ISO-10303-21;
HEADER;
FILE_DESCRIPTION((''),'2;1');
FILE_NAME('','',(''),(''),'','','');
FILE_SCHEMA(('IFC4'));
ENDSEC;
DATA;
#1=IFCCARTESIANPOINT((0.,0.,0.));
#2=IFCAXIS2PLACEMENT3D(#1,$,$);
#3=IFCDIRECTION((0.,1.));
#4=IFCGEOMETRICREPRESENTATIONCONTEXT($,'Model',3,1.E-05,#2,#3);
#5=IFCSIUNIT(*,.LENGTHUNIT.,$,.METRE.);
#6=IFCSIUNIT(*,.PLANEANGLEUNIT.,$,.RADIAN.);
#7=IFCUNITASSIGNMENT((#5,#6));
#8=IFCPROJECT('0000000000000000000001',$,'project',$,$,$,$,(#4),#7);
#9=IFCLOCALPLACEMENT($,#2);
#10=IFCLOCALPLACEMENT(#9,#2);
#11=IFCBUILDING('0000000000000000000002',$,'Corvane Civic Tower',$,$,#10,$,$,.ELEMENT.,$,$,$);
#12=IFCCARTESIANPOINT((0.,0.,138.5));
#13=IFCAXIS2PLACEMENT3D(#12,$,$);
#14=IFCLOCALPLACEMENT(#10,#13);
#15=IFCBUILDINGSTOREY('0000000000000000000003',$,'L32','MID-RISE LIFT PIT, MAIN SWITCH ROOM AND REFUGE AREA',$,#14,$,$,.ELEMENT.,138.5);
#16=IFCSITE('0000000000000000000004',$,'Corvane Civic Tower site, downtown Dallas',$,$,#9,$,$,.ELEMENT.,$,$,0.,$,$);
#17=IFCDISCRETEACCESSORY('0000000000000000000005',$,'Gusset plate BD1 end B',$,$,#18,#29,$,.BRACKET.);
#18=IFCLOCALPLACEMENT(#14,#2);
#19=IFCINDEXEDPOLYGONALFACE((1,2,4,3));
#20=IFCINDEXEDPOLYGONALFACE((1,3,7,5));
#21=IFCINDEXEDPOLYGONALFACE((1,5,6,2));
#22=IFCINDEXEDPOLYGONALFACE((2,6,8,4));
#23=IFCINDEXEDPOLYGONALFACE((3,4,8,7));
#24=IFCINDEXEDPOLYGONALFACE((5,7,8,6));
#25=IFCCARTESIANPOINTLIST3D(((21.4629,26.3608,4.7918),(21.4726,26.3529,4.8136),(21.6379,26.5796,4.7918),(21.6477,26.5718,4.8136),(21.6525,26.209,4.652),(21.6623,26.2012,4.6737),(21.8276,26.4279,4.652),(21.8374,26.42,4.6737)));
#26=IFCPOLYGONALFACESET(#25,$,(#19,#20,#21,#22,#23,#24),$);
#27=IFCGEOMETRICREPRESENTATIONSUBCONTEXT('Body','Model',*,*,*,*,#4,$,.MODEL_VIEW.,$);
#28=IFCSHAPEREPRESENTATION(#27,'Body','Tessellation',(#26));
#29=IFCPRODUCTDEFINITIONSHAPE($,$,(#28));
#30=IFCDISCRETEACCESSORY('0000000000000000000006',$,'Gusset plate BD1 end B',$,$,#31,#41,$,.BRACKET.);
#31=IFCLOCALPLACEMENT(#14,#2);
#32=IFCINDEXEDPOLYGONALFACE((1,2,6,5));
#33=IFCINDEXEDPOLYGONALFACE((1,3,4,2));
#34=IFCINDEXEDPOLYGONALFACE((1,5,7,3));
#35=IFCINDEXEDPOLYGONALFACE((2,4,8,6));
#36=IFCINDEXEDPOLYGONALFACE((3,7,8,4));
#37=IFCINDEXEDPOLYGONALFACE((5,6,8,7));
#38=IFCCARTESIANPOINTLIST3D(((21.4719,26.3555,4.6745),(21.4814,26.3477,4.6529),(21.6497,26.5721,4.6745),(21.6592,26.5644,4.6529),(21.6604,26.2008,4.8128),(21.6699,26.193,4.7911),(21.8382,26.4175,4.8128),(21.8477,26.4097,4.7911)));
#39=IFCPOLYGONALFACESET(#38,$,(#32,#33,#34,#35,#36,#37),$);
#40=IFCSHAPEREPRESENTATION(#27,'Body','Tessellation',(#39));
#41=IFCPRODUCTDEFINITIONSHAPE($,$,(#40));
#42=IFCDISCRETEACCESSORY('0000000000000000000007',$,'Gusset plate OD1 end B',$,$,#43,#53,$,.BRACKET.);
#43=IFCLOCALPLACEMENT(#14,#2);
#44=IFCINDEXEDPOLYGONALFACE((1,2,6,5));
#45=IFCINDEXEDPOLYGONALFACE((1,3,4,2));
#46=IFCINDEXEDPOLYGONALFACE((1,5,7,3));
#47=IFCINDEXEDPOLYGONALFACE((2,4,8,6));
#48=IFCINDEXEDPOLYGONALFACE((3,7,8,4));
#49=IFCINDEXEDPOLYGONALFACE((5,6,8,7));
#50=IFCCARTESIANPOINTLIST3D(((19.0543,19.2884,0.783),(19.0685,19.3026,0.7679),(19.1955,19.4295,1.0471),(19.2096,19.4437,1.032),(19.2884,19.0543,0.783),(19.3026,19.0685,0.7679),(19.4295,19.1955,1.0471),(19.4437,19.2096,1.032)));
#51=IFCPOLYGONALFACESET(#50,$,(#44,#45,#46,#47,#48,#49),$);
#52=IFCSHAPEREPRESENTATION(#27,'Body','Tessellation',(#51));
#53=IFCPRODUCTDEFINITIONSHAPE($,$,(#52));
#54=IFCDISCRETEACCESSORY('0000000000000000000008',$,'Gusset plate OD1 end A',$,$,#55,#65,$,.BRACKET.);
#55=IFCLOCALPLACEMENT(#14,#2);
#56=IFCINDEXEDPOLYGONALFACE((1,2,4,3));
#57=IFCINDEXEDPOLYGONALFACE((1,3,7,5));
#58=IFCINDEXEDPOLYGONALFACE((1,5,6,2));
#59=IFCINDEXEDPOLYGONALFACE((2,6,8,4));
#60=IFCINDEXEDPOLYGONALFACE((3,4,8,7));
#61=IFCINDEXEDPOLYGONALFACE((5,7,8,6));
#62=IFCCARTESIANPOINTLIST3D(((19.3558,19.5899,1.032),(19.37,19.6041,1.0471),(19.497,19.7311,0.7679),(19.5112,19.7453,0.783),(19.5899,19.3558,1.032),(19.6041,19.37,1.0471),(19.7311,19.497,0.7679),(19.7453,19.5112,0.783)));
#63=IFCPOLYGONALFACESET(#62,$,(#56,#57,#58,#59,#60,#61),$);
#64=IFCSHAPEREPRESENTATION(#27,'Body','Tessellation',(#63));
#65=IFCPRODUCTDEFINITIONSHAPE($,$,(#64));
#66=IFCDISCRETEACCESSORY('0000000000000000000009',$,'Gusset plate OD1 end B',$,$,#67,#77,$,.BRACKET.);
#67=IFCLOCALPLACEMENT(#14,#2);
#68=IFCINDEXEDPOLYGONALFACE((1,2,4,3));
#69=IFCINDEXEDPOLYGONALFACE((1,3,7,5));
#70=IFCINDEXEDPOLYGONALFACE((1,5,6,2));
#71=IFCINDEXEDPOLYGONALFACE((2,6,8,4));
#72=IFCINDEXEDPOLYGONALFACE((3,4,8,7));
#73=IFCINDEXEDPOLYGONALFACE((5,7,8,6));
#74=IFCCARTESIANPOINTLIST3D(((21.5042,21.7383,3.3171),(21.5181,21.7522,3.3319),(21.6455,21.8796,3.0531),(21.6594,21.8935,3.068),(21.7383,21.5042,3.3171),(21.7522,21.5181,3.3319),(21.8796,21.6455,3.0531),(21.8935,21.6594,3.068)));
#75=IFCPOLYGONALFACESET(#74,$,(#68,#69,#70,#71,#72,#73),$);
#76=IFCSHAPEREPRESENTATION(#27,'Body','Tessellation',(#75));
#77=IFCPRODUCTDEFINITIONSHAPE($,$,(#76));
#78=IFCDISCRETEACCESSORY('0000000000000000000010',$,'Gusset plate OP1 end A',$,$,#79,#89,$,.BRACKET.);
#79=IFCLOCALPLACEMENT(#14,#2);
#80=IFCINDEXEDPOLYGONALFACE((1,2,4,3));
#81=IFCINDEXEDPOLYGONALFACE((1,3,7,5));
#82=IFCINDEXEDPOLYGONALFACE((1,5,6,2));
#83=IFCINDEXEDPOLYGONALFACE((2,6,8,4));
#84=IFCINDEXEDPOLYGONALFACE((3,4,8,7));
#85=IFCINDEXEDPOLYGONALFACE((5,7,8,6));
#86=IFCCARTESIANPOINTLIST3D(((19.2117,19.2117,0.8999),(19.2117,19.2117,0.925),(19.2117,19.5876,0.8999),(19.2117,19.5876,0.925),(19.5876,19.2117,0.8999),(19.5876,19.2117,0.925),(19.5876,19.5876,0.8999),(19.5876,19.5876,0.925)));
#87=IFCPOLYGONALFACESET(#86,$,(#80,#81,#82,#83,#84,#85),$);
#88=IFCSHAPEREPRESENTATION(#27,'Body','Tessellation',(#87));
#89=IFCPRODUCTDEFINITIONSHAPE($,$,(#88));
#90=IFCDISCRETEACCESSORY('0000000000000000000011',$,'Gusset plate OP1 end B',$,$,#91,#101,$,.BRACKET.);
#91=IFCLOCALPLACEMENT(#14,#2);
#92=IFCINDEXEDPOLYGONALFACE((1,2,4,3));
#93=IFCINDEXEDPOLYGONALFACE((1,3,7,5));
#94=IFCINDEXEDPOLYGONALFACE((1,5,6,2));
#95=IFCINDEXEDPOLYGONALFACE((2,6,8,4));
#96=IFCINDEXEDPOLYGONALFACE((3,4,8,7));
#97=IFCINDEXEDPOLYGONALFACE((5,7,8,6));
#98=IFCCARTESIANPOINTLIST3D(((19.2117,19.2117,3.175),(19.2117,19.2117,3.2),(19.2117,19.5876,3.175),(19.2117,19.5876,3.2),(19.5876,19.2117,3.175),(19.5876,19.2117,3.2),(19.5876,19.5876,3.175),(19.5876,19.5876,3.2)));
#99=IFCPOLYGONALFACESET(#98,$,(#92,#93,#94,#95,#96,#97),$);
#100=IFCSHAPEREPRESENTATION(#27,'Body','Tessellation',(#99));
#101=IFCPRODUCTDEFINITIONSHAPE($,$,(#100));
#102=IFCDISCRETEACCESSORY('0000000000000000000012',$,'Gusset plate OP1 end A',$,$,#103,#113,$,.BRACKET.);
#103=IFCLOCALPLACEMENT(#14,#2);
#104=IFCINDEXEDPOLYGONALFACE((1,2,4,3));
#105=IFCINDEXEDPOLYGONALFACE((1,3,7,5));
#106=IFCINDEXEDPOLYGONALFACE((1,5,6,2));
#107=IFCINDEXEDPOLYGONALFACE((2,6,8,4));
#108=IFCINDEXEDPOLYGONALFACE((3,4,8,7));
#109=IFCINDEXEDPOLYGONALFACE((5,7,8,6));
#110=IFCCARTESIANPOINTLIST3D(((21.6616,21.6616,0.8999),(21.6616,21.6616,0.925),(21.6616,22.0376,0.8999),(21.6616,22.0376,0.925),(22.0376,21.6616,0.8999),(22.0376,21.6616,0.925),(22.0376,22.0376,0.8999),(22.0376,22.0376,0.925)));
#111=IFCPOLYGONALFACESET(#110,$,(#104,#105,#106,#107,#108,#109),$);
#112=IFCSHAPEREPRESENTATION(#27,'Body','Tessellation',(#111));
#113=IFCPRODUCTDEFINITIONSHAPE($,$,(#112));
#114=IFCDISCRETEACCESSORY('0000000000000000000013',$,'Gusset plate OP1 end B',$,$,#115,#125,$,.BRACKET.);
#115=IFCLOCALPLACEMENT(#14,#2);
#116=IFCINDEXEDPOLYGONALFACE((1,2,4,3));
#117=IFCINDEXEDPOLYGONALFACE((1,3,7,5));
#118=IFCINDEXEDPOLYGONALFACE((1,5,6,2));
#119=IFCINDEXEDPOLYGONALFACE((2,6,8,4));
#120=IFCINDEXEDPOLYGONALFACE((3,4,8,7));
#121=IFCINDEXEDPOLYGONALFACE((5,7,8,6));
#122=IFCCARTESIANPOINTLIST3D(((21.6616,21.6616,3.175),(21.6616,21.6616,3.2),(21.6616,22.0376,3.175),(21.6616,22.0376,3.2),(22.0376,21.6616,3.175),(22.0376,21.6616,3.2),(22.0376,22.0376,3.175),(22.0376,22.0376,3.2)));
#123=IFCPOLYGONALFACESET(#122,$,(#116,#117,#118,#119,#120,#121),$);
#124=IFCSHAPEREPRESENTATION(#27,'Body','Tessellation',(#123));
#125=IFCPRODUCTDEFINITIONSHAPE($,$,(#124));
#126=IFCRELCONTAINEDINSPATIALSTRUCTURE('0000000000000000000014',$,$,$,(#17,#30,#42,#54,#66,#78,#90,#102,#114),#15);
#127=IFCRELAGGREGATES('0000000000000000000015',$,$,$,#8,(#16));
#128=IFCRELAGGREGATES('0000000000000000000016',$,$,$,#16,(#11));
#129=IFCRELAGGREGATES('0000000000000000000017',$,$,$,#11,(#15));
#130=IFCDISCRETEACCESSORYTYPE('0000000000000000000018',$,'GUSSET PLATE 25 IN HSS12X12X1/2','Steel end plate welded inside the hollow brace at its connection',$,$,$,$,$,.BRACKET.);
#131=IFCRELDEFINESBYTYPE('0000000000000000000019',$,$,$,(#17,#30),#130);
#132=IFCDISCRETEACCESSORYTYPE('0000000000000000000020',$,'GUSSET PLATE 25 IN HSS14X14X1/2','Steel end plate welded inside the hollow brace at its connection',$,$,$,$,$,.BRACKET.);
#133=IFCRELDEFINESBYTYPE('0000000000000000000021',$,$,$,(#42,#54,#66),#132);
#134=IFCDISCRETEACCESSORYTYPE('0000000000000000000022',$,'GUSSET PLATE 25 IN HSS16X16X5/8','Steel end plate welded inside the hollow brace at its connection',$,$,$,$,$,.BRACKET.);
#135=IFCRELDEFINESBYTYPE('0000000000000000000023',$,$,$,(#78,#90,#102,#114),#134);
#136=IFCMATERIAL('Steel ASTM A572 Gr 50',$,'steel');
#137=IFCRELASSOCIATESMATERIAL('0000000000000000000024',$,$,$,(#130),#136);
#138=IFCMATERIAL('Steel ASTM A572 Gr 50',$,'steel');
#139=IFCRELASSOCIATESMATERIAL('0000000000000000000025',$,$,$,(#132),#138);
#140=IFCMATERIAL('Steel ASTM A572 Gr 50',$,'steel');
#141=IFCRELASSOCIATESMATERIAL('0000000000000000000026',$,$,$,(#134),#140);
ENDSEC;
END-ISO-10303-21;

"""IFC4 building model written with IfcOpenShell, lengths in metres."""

from ifc_helpers import new_model, si_unit, direction, frame, origin, origin_2d, place, context, subcontext, project, spatial, rectangle, extrude, material, material_profile, profile_set, type_object, element, save


model = new_model("IFC4")

# Units and contexts
model_context = context("Model", 3, precision=1e-05, world=origin(), true_north=direction((0.0, 1.0)))
body_context = subcontext(model_context, "Body", "Model", "MODEL_VIEW")
ifc_project = project(units=[si_unit("LENGTHUNIT", "METRE"), si_unit("PLANEANGLEUNIT", "RADIAN")], contexts=[model_context])

# Site, building, storey
site_placement = place(None, origin())
site = spatial("IfcSite", under=ifc_project, at=site_placement, Name="Corvane Civic Tower site, downtown Dallas", CompositionType="ELEMENT", RefElevation=0.0)
building_placement = place(site_placement, origin())
building = spatial("IfcBuilding", under=site, at=building_placement, Name="Corvane Civic Tower", CompositionType="ELEMENT")
storey_placement = place(building_placement, frame((0.0, 0.0, 138.5)))
storey = spatial("IfcBuildingStorey", under=building, at=storey_placement, Name="L32", Description="MID-RISE LIFT PIT, MAIN SWITCH ROOM AND REFUGE AREA", CompositionType="ELEMENT", Elevation=138.5)

# Discrete accessories
ifc_material_1 = material(Name="Steel ASTM A572 Gr 50", Category="steel")
ifc_material_profile_1 = material_profile(ifc_material_1, rectangle(XDim=0.2803, YDim=0.2803, at=origin_2d()), Name="GUSSET PLATE 25 IN HSS12X12X1/2")
ifc_profile_set_1 = profile_set([ifc_material_profile_1], Name="Steel ASTM A572 Gr 50")
discrete_accessory_type_1 = type_object("IfcDiscreteAccessoryType", Name="GUSSET PLATE 25 IN HSS12X12X1/2", Description="Steel end plate welded inside the hollow brace at its connection", PredefinedType="BRACKET", material=ifc_profile_set_1)
discrete_accessory_1_placement = place(storey_placement, frame((21.655, 26.3865, 4.7437), z_axis=(-0.389526, 0.311621, -0.866696), x_axis=(-0.624695, -0.780869, 0.0)))
element("IfcDiscreteAccessory", 1, at=discrete_accessory_1_placement, inside=storey, type_object=discrete_accessory_type_1, Name="Gusset plate BD1 end B", PredefinedType="BRACKET", context=body_context, shape_type="SweptSolid", body=[
    extrude(rectangle(XDim=0.2803, YDim=0.2803, at=origin_2d()), origin(), (0.0, 0.0, 1.0), 0.0251),
])
discrete_accessory_2_placement = place(storey_placement, frame((21.655, 26.3865, 4.7437), z_axis=(0.381219, -0.312795, -0.869961), x_axis=(0.634317, 0.773073, 0.0)))
element("IfcDiscreteAccessory", 2, at=discrete_accessory_2_placement, inside=storey, type_object=discrete_accessory_type_1, Name="Gusset plate BD1 end B", PredefinedType="BRACKET", context=body_context, shape_type="SweptSolid", body=[
    extrude(rectangle(XDim=0.2803, YDim=0.2803, at=origin_2d()), origin(), (0.0, 0.0, 1.0), 0.0249),
])
ifc_material_2 = material(Name="Steel ASTM A572 Gr 50", Category="steel")
ifc_material_profile_2 = material_profile(ifc_material_2, rectangle(XDim=0.3311, YDim=0.3311, at=origin_2d()), Name="GUSSET PLATE 25 IN HSS14X14X1/2")
ifc_profile_set_2 = profile_set([ifc_material_profile_2], Name="Steel ASTM A572 Gr 50")
discrete_accessory_type_2 = type_object("IfcDiscreteAccessoryType", Name="GUSSET PLATE 25 IN HSS14X14X1/2", Description="Steel end plate welded inside the hollow brace at its connection", PredefinedType="BRACKET", material=ifc_profile_set_2)
for number, where, z_axis, x_axis, name in (
    (3, (19.2561, 19.2561, 0.8999), (-0.564091, -0.564091, 0.602994), (0.707107, -0.707107, 0.0), "Gusset plate OD1 end B"),
    (4, (19.5435, 19.5435, 0.8999), (0.564091, 0.564091, 0.602994), (-0.707107, 0.707107, 0.0), "Gusset plate OD1 end A"),
):
    element("IfcDiscreteAccessory", number, at=place(storey_placement, frame(where, z_axis=z_axis, x_axis=x_axis)), inside=storey, type_object=discrete_accessory_type_2, Name=name, PredefinedType="BRACKET", context=body_context, shape_type="SweptSolid", body=[
        extrude(rectangle(XDim=0.3311, YDim=0.3311, at=origin_2d()), origin(), (0.0, 0.0, 1.0), 0.0251),
    ])
discrete_accessory_3_placement = place(storey_placement, frame((21.7058, 21.7058, 3.2), z_axis=(-0.563859, -0.563859, -0.603428), x_axis=(0.707107, -0.707107, 0.0)))
element("IfcDiscreteAccessory", 5, at=discrete_accessory_3_placement, inside=storey, type_object=discrete_accessory_type_2, Name="Gusset plate OD1 end B", PredefinedType="BRACKET", context=body_context, shape_type="SweptSolid", body=[
    extrude(rectangle(XDim=0.3311, YDim=0.3311, at=origin_2d()), origin(), (0.0, 0.0, 1.0), 0.0247),
])
ifc_material_3 = material(Name="Steel ASTM A572 Gr 50", Category="steel")
ifc_material_profile_3 = material_profile(ifc_material_3, rectangle(XDim=0.376, YDim=0.376, at=origin_2d()), Name="GUSSET PLATE 25 IN HSS16X16X5/8")
ifc_profile_set_3 = profile_set([ifc_material_profile_3], Name="Steel ASTM A572 Gr 50")
discrete_accessory_type_3 = type_object("IfcDiscreteAccessoryType", Name="GUSSET PLATE 25 IN HSS16X16X5/8", Description="Steel end plate welded inside the hollow brace at its connection", PredefinedType="BRACKET", material=ifc_profile_set_3)
discrete_accessory_4_placement = place(storey_placement, frame((19.3997, 19.3997, 0.8999), z_axis=(0.0, 0.0, 1.0), x_axis=(1.0, 0.0, 0.0)))
element("IfcDiscreteAccessory", 6, at=discrete_accessory_4_placement, inside=storey, type_object=discrete_accessory_type_3, Name="Gusset plate OP1 end A", PredefinedType="BRACKET", context=body_context, shape_type="SweptSolid", body=[
    extrude(rectangle(XDim=0.376, YDim=0.376, at=origin_2d()), origin(), (0.0, 0.0, 1.0), 0.0251),
])
discrete_accessory_5_placement = place(storey_placement, frame((19.3997, 19.3997, 3.2), z_axis=(0.0, 0.0, -1.0), x_axis=(1.0, 0.0, 0.0)))
element("IfcDiscreteAccessory", 7, at=discrete_accessory_5_placement, inside=storey, type_object=discrete_accessory_type_3, Name="Gusset plate OP1 end B", PredefinedType="BRACKET", context=body_context, shape_type="SweptSolid", body=[
    extrude(rectangle(XDim=0.376, YDim=0.376, at=origin_2d()), origin(), (0.0, 0.0, 1.0), 0.0249),
])
discrete_accessory_6_placement = place(storey_placement, frame((21.8496, 21.8496, 0.8999), z_axis=(0.0, 0.0, 1.0), x_axis=(1.0, 0.0, 0.0)))
element("IfcDiscreteAccessory", 8, at=discrete_accessory_6_placement, inside=storey, type_object=discrete_accessory_type_3, Name="Gusset plate OP1 end A", PredefinedType="BRACKET", context=body_context, shape_type="SweptSolid", body=[
    extrude(rectangle(XDim=0.376, YDim=0.376, at=origin_2d()), origin(), (0.0, 0.0, 1.0), 0.0251),
])
discrete_accessory_7_placement = place(storey_placement, frame((21.8496, 21.8496, 3.2), z_axis=(0.0, 0.0, -1.0), x_axis=(1.0, 0.0, 0.0)))
element("IfcDiscreteAccessory", 9, at=discrete_accessory_7_placement, inside=storey, type_object=discrete_accessory_type_3, Name="Gusset plate OP1 end B", PredefinedType="BRACKET", context=body_context, shape_type="SweptSolid", body=[
    extrude(rectangle(XDim=0.376, YDim=0.376, at=origin_2d()), origin(), (0.0, 0.0, 1.0), 0.0249),
])

save(model, "model.ifc")
